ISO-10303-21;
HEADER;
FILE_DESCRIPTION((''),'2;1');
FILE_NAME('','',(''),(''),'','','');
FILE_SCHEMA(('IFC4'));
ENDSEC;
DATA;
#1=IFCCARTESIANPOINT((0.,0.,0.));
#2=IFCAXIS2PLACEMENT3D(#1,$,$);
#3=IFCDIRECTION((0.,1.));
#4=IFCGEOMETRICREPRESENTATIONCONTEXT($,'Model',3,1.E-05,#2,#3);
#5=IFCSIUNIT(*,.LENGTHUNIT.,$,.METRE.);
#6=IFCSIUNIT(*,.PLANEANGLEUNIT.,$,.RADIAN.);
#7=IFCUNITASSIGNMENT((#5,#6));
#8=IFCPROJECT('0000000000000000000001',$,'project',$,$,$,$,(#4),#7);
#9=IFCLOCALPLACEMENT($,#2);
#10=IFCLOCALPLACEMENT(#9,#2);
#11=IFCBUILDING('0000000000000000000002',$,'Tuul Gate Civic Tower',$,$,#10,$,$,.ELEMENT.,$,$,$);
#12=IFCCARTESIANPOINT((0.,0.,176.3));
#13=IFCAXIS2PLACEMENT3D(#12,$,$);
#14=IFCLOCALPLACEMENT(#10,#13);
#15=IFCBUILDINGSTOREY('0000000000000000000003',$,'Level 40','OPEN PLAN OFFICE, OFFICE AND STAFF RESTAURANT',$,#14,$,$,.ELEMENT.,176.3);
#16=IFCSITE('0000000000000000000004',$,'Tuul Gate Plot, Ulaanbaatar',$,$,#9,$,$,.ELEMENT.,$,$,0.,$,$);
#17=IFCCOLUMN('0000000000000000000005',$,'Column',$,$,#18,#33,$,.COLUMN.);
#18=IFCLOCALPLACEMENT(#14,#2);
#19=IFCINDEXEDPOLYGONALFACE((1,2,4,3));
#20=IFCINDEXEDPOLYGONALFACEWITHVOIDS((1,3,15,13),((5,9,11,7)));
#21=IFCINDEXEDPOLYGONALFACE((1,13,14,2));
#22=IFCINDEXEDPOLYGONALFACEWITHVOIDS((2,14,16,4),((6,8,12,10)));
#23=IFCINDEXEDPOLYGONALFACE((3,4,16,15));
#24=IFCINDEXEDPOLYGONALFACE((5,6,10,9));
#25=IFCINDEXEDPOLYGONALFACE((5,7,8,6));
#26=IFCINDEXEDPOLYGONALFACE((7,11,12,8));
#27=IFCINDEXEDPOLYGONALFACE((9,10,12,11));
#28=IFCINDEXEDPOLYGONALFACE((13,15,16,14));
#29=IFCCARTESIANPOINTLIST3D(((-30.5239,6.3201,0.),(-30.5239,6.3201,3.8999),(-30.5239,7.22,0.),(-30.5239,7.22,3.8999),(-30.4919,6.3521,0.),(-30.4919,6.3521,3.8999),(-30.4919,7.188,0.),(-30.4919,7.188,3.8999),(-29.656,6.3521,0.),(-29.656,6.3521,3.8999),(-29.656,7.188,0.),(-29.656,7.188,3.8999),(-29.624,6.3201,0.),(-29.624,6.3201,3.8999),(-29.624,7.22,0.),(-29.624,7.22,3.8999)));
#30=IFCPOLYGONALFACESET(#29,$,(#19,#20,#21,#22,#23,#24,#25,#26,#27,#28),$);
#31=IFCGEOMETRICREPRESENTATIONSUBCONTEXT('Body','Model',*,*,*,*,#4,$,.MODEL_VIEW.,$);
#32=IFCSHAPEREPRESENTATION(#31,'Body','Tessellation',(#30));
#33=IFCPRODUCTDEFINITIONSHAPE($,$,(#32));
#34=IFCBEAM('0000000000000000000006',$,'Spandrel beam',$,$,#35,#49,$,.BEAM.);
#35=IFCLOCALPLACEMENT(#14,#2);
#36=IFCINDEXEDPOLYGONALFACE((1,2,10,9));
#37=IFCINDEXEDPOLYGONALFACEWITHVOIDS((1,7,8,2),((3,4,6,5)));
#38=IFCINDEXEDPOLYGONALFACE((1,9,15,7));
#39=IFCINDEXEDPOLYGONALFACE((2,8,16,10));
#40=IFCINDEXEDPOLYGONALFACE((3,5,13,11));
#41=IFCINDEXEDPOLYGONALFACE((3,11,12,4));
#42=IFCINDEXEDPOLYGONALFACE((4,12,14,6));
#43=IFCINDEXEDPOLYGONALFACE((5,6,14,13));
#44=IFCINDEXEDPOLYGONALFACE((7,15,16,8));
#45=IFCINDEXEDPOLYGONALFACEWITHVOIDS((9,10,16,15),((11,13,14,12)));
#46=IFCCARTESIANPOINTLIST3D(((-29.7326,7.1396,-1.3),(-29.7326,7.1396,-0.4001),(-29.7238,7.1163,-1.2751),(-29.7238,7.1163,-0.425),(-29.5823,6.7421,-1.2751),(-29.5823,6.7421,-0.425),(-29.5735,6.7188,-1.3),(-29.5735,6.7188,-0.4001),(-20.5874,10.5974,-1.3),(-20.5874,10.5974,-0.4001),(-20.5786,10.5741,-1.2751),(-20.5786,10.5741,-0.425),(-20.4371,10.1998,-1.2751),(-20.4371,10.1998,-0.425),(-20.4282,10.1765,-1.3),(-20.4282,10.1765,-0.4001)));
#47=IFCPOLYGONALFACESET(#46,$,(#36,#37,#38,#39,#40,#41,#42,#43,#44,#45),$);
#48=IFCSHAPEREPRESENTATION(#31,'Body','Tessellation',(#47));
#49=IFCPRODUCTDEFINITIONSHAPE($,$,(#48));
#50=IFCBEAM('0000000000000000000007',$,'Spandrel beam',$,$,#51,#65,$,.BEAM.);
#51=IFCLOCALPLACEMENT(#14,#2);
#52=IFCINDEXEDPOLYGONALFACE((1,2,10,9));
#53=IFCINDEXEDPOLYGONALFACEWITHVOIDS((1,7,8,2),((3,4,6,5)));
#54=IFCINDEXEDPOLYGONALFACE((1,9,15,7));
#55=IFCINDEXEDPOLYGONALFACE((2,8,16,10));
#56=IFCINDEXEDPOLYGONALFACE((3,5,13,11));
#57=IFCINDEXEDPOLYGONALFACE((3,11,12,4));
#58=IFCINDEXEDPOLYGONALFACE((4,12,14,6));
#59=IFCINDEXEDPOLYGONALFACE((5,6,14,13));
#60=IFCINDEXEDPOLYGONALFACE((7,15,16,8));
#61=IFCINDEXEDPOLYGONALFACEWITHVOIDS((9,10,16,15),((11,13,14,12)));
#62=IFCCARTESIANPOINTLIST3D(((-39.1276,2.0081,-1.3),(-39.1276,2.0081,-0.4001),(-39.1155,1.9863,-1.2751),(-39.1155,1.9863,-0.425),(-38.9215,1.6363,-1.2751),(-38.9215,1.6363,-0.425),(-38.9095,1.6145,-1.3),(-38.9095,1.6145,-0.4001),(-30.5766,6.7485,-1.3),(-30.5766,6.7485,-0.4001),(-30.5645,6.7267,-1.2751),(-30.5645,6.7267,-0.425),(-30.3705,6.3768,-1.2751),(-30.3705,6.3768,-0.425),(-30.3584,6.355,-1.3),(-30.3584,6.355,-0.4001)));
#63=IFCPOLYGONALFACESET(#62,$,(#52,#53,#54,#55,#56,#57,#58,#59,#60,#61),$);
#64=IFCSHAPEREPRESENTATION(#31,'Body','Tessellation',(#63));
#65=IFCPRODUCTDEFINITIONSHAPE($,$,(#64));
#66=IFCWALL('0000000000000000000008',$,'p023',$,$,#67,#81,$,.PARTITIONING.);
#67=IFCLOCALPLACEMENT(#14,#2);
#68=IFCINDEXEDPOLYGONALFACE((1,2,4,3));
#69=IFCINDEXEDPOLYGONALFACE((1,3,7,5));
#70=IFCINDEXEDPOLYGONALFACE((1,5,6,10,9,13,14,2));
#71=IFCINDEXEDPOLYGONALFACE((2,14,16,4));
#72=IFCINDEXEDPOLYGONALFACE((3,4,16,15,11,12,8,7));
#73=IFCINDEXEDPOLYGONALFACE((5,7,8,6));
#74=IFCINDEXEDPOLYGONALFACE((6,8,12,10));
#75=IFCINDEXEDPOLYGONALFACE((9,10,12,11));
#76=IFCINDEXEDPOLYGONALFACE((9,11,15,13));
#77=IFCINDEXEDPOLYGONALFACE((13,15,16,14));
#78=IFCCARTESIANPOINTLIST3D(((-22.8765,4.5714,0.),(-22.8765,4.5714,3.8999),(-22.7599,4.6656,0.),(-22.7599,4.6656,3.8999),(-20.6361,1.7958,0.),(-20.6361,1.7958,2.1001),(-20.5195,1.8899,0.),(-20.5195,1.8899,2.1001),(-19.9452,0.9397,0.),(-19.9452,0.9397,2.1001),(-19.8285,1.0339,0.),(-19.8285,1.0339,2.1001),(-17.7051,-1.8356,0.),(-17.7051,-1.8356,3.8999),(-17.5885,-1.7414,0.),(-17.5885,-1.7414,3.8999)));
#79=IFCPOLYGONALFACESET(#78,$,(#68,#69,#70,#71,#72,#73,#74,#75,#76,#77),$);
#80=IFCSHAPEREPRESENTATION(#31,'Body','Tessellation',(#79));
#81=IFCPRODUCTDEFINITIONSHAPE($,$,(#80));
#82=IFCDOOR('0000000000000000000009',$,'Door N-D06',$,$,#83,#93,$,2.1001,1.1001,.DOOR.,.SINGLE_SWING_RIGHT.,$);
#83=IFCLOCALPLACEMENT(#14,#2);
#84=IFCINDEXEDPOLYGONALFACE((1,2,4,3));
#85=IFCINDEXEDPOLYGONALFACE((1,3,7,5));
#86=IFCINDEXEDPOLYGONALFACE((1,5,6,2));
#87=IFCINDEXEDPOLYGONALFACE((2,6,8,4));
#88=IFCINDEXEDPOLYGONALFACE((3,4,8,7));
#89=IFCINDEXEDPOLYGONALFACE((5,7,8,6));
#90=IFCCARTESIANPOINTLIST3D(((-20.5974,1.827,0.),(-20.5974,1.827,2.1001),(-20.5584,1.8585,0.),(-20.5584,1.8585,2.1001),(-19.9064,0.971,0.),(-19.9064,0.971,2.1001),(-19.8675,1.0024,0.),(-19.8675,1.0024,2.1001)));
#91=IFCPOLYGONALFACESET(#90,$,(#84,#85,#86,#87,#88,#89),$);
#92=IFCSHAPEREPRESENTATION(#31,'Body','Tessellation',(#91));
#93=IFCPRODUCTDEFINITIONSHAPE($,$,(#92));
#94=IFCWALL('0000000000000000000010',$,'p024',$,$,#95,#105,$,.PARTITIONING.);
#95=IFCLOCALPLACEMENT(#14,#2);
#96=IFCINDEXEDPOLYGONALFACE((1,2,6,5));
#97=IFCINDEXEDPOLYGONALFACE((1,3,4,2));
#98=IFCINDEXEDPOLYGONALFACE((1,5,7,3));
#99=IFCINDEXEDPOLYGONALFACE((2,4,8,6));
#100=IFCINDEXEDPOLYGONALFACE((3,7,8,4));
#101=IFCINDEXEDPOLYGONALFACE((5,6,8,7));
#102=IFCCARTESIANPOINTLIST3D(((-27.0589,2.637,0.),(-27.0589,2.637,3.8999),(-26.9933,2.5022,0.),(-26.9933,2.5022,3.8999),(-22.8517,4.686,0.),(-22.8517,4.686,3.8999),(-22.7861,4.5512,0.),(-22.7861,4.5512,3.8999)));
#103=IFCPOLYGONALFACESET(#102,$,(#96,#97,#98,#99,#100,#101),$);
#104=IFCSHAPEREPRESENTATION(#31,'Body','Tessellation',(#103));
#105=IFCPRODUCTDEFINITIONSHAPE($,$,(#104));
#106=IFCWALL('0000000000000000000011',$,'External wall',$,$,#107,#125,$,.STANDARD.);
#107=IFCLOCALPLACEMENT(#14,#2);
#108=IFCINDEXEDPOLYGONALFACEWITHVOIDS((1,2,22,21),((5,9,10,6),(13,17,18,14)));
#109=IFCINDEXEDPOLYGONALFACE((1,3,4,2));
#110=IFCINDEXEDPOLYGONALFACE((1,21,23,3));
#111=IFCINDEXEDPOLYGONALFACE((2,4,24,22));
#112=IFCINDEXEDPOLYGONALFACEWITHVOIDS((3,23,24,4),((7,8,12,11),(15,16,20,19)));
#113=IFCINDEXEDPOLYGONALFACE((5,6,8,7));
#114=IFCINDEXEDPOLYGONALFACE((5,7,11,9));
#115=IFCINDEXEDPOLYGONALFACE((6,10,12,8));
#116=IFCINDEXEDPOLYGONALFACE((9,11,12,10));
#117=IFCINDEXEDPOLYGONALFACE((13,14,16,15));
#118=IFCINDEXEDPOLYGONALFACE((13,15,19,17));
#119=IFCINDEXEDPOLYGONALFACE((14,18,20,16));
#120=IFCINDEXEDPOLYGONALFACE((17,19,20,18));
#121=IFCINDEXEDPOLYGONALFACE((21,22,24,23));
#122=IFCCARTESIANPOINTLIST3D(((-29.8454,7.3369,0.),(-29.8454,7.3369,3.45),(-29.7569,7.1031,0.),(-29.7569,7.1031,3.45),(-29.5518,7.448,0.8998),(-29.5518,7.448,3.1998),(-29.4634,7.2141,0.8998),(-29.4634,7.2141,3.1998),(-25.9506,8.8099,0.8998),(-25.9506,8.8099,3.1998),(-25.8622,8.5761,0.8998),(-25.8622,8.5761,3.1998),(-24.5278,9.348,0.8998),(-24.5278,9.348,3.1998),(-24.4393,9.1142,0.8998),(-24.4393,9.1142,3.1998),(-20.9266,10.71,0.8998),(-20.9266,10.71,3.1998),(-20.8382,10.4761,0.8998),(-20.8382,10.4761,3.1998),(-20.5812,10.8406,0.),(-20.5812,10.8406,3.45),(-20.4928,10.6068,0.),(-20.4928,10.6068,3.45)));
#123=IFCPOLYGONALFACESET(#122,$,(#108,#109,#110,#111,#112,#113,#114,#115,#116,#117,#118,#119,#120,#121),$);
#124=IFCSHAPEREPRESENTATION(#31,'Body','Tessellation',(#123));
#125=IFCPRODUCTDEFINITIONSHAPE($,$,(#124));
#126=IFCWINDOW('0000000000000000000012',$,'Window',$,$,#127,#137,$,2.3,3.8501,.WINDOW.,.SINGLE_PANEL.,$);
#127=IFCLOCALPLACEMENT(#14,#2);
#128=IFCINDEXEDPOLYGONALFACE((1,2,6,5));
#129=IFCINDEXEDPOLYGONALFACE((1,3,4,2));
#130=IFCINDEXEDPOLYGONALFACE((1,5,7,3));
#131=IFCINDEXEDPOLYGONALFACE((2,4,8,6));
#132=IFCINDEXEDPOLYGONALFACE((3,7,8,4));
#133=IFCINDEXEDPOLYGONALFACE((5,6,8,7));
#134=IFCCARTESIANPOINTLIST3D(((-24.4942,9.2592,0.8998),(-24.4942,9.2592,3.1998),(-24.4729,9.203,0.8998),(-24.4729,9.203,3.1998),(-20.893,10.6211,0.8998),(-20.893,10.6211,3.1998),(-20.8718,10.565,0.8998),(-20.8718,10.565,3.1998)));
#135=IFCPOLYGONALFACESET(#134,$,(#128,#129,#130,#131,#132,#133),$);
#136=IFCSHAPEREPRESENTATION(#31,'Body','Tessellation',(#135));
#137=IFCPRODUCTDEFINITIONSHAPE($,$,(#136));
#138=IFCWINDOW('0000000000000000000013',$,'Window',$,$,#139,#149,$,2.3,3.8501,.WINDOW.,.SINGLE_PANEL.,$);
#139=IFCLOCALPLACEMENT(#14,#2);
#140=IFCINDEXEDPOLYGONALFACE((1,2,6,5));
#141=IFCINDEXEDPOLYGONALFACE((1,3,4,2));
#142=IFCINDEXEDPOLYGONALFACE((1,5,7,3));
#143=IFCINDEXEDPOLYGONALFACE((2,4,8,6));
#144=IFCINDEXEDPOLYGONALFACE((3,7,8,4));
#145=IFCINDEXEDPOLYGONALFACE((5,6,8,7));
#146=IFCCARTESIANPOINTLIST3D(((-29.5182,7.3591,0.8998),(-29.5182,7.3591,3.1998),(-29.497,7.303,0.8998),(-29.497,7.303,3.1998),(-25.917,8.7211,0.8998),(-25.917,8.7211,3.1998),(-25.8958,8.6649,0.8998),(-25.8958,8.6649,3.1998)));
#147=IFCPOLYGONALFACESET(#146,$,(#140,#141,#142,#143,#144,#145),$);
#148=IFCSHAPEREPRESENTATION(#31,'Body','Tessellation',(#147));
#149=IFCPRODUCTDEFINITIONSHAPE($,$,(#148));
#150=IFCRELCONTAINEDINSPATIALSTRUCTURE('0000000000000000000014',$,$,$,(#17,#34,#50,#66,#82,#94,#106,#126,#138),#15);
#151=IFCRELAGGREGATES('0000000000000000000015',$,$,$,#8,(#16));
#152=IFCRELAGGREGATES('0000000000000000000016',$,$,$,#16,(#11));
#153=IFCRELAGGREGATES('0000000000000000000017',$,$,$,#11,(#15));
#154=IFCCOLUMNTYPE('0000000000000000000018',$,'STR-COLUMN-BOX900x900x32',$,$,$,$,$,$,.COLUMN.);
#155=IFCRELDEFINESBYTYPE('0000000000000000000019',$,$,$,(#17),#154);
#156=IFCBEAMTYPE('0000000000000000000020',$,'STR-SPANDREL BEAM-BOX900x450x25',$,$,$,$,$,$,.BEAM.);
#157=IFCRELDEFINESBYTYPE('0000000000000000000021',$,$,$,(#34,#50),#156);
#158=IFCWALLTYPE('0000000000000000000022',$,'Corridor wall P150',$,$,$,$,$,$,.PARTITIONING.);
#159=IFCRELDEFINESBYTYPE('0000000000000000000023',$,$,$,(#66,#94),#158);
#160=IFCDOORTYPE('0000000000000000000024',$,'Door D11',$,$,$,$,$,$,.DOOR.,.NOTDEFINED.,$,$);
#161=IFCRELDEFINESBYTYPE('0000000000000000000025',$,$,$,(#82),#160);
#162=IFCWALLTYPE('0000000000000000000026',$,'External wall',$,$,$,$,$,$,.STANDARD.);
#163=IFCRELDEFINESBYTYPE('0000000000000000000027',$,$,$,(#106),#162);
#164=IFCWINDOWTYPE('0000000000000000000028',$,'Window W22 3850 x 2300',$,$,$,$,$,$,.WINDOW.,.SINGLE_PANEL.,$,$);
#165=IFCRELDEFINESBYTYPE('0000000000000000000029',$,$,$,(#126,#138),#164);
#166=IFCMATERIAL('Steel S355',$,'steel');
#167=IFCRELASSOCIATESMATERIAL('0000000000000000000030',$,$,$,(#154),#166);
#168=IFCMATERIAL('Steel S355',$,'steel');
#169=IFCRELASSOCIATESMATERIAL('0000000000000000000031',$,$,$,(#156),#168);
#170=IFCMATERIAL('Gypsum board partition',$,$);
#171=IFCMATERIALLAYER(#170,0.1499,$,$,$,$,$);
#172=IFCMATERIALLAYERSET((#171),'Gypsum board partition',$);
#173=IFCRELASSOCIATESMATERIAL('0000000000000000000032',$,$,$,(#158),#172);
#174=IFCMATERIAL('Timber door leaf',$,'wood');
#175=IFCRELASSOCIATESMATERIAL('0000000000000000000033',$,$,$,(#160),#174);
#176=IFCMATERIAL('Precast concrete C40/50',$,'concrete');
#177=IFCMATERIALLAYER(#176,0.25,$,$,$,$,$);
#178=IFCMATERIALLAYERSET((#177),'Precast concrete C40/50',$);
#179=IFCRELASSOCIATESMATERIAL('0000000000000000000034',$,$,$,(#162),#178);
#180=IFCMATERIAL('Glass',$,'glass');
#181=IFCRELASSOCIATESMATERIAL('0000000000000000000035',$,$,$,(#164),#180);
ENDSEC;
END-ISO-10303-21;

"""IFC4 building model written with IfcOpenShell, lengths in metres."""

from ifc_helpers import new_model, si_unit, direction, frame, frame_2d, origin, origin_2d, place, context, subcontext, project, spatial, rectangle, hollow_rectangle, extrude, material, layer, layer_set, material_profile, profile_set, type_object, element, fill, save


model = new_model("IFC4")

# Units and contexts
model_context = context("Model", 3, precision=1e-05, world=origin(), true_north=direction((0.0, 1.0)))
body_context = subcontext(model_context, "Body", "Model", "MODEL_VIEW")
ifc_project = project(units=[si_unit("LENGTHUNIT", "METRE"), si_unit("PLANEANGLEUNIT", "RADIAN")], contexts=[model_context])

# Site, building, storey
site_placement = place(None, origin())
site = spatial("IfcSite", under=ifc_project, at=site_placement, Name="Tuul Gate Plot, Ulaanbaatar", CompositionType="ELEMENT", RefElevation=0.0)
building_placement = place(site_placement, origin())
building = spatial("IfcBuilding", under=site, at=building_placement, Name="Tuul Gate Civic Tower", CompositionType="ELEMENT")
storey_placement = place(building_placement, frame((0.0, 0.0, 176.3)))
storey = spatial("IfcBuildingStorey", under=building, at=storey_placement, Name="Level 40", Description="OPEN PLAN OFFICE, OFFICE AND STAFF RESTAURANT", CompositionType="ELEMENT", Elevation=176.3)

# Column
ifc_material_1 = material(Name="Steel S355", Category="steel")
ifc_material_profile_1 = material_profile(ifc_material_1, hollow_rectangle(XDim=0.8999, YDim=0.8999, WallThickness=0.032, at=origin_2d()), Name="BOX900x900x32")
ifc_profile_set_1 = profile_set([ifc_material_profile_1], Name="Steel S355")
column_type = type_object("IfcColumnType", Name="STR-COLUMN-BOX900x900x32", PredefinedType="COLUMN", material=ifc_profile_set_1)
column_placement = place(storey_placement, frame((-30.074, 6.77, 0.0), z_axis=(0.0, 0.0, 1.0), x_axis=(1.0, 0.0, 0.0)))
element("IfcColumn", 1, at=column_placement, inside=storey, type_object=column_type, Name="Column", PredefinedType="COLUMN", context=body_context, shape_type="SweptSolid", body=[
    extrude(hollow_rectangle(XDim=0.8999, YDim=0.8999, WallThickness=0.032, at=origin_2d()), origin(), (0.0, 0.0, 1.0), 3.8999),
])

# Beams
ifc_material_2 = material(Name="Steel S355", Category="steel")
ifc_material_profile_2 = material_profile(ifc_material_2, hollow_rectangle(XDim=0.45, YDim=0.8999, WallThickness=0.0249, at=origin_2d()), Name="BOX900x450x25")
ifc_profile_set_2 = profile_set([ifc_material_profile_2], Name="Steel S355")
beam_type = type_object("IfcBeamType", Name="STR-SPANDREL BEAM-BOX900x450x25", PredefinedType="BEAM", material=ifc_profile_set_2)
for number, where, z_axis, x_axis, name in (
    (2, (-20.5078, 10.387, -0.8501), (-0.935374, -0.353659, 0.0), (0.353659, -0.935374, 0.0), "Spandrel beam"),
    (3, (-30.4675, 6.5518, -0.8501), (-0.874595, -0.484854, 0.0), (0.484854, -0.874595, 0.0), "Spandrel beam"),
):
    element("IfcBeam", number, at=place(storey_placement, frame(where, z_axis=z_axis, x_axis=x_axis)), inside=storey, type_object=beam_type, Name=name, PredefinedType="BEAM", context=body_context, shape_type="SweptSolid", body=[
        extrude(hollow_rectangle(XDim=0.45, YDim=0.8999, WallThickness=0.0249, at=origin_2d()), origin(), (0.0, 0.0, 1.0), 9.7771),
    ])

# Wall, opening, door
ifc_material_3 = material(Name="Gypsum board partition")
ifc_layer_1 = layer(ifc_material_3, 0.1499)
ifc_layer_set_1 = layer_set([ifc_layer_1], Name="Gypsum board partition")
wall_type_1 = type_object("IfcWallType", Name="Corridor wall P150", PredefinedType="PARTITIONING", material=ifc_layer_set_1)
wall_1_placement = place(storey_placement, frame((-22.8181, 4.6184, 0.0), z_axis=(0.0, 0.0, 1.0), x_axis=(0.628081, -0.778148, 0.0)))
wall_1 = element("IfcWall", 4, at=wall_1_placement, inside=storey, type_object=wall_type_1, Name="p023", PredefinedType="PARTITIONING", context=body_context, shape_type="SweptSolid", body=[
    extrude(rectangle(XDim=8.2336, YDim=0.1499, at=frame_2d((4.1167, 0.0))), origin(), (0.0, 0.0, 1.0), 3.8999),
])
opening_1_placement = place(wall_1_placement, frame((3.5669, 0.0, 0.0)))
opening_1 = element("IfcOpeningElement", 5, at=opening_1_placement, cuts=wall_1, PredefinedType="OPENING", context=body_context, shape_type="SweptSolid", body=[
    extrude(rectangle(XDim=1.1001, YDim=2.1001, at=frame_2d((0.55, 1.05))), frame((0.0, 0.085, 0.0), z_axis=(0.0, -1.0, 0.0), x_axis=(1.0, 0.0, 0.0)), (0.0, 0.0, 1.0), 0.1699),
])
ifc_material_4 = material(Name="Timber door leaf", Category="wood")
door_type = type_object("IfcDoorType", Name="Door D11", OperationType="NOTDEFINED", PredefinedType="DOOR", material=ifc_material_4)
door_placement = place(opening_1_placement, origin())
door = element("IfcDoor", 6, at=door_placement, inside=storey, type_object=door_type, Name="Door N-D06", OperationType="SINGLE_SWING_RIGHT", OverallHeight=2.1001, OverallWidth=1.1001, PredefinedType="DOOR", context=body_context, shape_type="SweptSolid", body=[
    extrude(rectangle(XDim=1.1001, YDim=2.1001, at=frame_2d((0.55, 1.05))), frame((0.0, 0.0249, 0.0), z_axis=(0.0, -1.0, 0.0), x_axis=(1.0, 0.0, 0.0)), (0.0, 0.0, 1.0), 0.05),
])
fill(opening_1, door)

# Wall
wall_2_placement = place(storey_placement, frame((-27.0261, 2.5696, 0.0), z_axis=(0.0, 0.0, 1.0), x_axis=(0.899043, 0.437861, 0.0)))
element("IfcWall", 7, at=wall_2_placement, inside=storey, type_object=wall_type_1, Name="p024", PredefinedType="PARTITIONING", context=body_context, shape_type="SweptSolid", body=[
    extrude(rectangle(XDim=4.6797, YDim=0.1499, at=frame_2d((2.3398, 0.0))), origin(), (0.0, 0.0, 1.0), 3.8999),
])

# Wall, openings, windows
ifc_material_5 = material(Name="Precast concrete C40/50", Category="concrete")
ifc_layer_2 = layer(ifc_material_5, 0.25)
ifc_layer_set_2 = layer_set([ifc_layer_2], Name="Precast concrete C40/50")
wall_type_2 = type_object("IfcWallType", Name="External wall", PredefinedType="STANDARD", material=ifc_layer_set_2)
wall_3_placement = place(storey_placement, frame((-20.5371, 10.7236, 0.0), z_axis=(0.0, 0.0, 1.0), x_axis=(-0.935343, -0.353742, 0.0)))
wall_3 = element("IfcWall", 8, at=wall_3_placement, inside=storey, type_object=wall_type_2, Name="External wall", PredefinedType="STANDARD", context=body_context, shape_type="SweptSolid", body=[
    extrude(rectangle(XDim=9.9045, YDim=0.25, at=frame_2d((4.9521, 0.0))), origin(), (0.0, 0.0, 1.0), 3.45),
])
opening_2_placement = place(wall_3_placement, frame((0.3691, 0.0, 0.8999)))
opening_2 = element("IfcOpeningElement", 9, at=opening_2_placement, cuts=wall_3, PredefinedType="OPENING", context=body_context, shape_type="SweptSolid", body=[
    extrude(rectangle(XDim=3.8501, YDim=2.3, at=frame_2d((1.925, 1.1499))), frame((0.0, 0.135, 0.0), z_axis=(0.0, -1.0, 0.0), x_axis=(1.0, 0.0, 0.0)), (0.0, 0.0, 1.0), 0.27),
])
opening_3_placement = place(wall_3_placement, frame((5.7405, 0.0, 0.8999)))
opening_3 = element("IfcOpeningElement", 10, at=opening_3_placement, cuts=wall_3, PredefinedType="OPENING", context=body_context, shape_type="SweptSolid", body=[
    extrude(rectangle(XDim=3.8501, YDim=2.3, at=frame_2d((1.925, 1.1499))), frame((0.0, 0.135, 0.0), z_axis=(0.0, -1.0, 0.0), x_axis=(1.0, 0.0, 0.0)), (0.0, 0.0, 1.0), 0.27),
])
ifc_material_6 = material(Name="Glass", Category="glass")
window_type = type_object("IfcWindowType", Name="Window W22 3850 x 2300", PartitioningType="SINGLE_PANEL", PredefinedType="WINDOW", material=ifc_material_6)
window_1_placement = place(opening_2_placement, origin())
window_1 = element("IfcWindow", 11, at=window_1_placement, inside=storey, type_object=window_type, Name="Window", OverallHeight=2.3, OverallWidth=3.8501, PartitioningType="SINGLE_PANEL", PredefinedType="WINDOW", context=body_context, shape_type="SweptSolid", body=[
    extrude(rectangle(XDim=3.8501, YDim=2.3, at=frame_2d((1.925, 1.1499))), frame((0.0, 0.03, 0.0), z_axis=(0.0, -1.0, 0.0), x_axis=(1.0, 0.0, 0.0)), (0.0, 0.0, 1.0), 0.0601),
])
fill(opening_2, window_1)
window_2_placement = place(opening_3_placement, origin())
window_2 = element("IfcWindow", 12, at=window_2_placement, inside=storey, type_object=window_type, Name="Window", OverallHeight=2.3, OverallWidth=3.8501, PartitioningType="SINGLE_PANEL", PredefinedType="WINDOW", context=body_context, shape_type="SweptSolid", body=[
    extrude(rectangle(XDim=3.8501, YDim=2.3, at=frame_2d((1.925, 1.1499))), frame((0.0, 0.03, 0.0), z_axis=(0.0, -1.0, 0.0), x_axis=(1.0, 0.0, 0.0)), (0.0, 0.0, 1.0), 0.0601),
])
fill(opening_3, window_2)

save(model, "model.ifc")
